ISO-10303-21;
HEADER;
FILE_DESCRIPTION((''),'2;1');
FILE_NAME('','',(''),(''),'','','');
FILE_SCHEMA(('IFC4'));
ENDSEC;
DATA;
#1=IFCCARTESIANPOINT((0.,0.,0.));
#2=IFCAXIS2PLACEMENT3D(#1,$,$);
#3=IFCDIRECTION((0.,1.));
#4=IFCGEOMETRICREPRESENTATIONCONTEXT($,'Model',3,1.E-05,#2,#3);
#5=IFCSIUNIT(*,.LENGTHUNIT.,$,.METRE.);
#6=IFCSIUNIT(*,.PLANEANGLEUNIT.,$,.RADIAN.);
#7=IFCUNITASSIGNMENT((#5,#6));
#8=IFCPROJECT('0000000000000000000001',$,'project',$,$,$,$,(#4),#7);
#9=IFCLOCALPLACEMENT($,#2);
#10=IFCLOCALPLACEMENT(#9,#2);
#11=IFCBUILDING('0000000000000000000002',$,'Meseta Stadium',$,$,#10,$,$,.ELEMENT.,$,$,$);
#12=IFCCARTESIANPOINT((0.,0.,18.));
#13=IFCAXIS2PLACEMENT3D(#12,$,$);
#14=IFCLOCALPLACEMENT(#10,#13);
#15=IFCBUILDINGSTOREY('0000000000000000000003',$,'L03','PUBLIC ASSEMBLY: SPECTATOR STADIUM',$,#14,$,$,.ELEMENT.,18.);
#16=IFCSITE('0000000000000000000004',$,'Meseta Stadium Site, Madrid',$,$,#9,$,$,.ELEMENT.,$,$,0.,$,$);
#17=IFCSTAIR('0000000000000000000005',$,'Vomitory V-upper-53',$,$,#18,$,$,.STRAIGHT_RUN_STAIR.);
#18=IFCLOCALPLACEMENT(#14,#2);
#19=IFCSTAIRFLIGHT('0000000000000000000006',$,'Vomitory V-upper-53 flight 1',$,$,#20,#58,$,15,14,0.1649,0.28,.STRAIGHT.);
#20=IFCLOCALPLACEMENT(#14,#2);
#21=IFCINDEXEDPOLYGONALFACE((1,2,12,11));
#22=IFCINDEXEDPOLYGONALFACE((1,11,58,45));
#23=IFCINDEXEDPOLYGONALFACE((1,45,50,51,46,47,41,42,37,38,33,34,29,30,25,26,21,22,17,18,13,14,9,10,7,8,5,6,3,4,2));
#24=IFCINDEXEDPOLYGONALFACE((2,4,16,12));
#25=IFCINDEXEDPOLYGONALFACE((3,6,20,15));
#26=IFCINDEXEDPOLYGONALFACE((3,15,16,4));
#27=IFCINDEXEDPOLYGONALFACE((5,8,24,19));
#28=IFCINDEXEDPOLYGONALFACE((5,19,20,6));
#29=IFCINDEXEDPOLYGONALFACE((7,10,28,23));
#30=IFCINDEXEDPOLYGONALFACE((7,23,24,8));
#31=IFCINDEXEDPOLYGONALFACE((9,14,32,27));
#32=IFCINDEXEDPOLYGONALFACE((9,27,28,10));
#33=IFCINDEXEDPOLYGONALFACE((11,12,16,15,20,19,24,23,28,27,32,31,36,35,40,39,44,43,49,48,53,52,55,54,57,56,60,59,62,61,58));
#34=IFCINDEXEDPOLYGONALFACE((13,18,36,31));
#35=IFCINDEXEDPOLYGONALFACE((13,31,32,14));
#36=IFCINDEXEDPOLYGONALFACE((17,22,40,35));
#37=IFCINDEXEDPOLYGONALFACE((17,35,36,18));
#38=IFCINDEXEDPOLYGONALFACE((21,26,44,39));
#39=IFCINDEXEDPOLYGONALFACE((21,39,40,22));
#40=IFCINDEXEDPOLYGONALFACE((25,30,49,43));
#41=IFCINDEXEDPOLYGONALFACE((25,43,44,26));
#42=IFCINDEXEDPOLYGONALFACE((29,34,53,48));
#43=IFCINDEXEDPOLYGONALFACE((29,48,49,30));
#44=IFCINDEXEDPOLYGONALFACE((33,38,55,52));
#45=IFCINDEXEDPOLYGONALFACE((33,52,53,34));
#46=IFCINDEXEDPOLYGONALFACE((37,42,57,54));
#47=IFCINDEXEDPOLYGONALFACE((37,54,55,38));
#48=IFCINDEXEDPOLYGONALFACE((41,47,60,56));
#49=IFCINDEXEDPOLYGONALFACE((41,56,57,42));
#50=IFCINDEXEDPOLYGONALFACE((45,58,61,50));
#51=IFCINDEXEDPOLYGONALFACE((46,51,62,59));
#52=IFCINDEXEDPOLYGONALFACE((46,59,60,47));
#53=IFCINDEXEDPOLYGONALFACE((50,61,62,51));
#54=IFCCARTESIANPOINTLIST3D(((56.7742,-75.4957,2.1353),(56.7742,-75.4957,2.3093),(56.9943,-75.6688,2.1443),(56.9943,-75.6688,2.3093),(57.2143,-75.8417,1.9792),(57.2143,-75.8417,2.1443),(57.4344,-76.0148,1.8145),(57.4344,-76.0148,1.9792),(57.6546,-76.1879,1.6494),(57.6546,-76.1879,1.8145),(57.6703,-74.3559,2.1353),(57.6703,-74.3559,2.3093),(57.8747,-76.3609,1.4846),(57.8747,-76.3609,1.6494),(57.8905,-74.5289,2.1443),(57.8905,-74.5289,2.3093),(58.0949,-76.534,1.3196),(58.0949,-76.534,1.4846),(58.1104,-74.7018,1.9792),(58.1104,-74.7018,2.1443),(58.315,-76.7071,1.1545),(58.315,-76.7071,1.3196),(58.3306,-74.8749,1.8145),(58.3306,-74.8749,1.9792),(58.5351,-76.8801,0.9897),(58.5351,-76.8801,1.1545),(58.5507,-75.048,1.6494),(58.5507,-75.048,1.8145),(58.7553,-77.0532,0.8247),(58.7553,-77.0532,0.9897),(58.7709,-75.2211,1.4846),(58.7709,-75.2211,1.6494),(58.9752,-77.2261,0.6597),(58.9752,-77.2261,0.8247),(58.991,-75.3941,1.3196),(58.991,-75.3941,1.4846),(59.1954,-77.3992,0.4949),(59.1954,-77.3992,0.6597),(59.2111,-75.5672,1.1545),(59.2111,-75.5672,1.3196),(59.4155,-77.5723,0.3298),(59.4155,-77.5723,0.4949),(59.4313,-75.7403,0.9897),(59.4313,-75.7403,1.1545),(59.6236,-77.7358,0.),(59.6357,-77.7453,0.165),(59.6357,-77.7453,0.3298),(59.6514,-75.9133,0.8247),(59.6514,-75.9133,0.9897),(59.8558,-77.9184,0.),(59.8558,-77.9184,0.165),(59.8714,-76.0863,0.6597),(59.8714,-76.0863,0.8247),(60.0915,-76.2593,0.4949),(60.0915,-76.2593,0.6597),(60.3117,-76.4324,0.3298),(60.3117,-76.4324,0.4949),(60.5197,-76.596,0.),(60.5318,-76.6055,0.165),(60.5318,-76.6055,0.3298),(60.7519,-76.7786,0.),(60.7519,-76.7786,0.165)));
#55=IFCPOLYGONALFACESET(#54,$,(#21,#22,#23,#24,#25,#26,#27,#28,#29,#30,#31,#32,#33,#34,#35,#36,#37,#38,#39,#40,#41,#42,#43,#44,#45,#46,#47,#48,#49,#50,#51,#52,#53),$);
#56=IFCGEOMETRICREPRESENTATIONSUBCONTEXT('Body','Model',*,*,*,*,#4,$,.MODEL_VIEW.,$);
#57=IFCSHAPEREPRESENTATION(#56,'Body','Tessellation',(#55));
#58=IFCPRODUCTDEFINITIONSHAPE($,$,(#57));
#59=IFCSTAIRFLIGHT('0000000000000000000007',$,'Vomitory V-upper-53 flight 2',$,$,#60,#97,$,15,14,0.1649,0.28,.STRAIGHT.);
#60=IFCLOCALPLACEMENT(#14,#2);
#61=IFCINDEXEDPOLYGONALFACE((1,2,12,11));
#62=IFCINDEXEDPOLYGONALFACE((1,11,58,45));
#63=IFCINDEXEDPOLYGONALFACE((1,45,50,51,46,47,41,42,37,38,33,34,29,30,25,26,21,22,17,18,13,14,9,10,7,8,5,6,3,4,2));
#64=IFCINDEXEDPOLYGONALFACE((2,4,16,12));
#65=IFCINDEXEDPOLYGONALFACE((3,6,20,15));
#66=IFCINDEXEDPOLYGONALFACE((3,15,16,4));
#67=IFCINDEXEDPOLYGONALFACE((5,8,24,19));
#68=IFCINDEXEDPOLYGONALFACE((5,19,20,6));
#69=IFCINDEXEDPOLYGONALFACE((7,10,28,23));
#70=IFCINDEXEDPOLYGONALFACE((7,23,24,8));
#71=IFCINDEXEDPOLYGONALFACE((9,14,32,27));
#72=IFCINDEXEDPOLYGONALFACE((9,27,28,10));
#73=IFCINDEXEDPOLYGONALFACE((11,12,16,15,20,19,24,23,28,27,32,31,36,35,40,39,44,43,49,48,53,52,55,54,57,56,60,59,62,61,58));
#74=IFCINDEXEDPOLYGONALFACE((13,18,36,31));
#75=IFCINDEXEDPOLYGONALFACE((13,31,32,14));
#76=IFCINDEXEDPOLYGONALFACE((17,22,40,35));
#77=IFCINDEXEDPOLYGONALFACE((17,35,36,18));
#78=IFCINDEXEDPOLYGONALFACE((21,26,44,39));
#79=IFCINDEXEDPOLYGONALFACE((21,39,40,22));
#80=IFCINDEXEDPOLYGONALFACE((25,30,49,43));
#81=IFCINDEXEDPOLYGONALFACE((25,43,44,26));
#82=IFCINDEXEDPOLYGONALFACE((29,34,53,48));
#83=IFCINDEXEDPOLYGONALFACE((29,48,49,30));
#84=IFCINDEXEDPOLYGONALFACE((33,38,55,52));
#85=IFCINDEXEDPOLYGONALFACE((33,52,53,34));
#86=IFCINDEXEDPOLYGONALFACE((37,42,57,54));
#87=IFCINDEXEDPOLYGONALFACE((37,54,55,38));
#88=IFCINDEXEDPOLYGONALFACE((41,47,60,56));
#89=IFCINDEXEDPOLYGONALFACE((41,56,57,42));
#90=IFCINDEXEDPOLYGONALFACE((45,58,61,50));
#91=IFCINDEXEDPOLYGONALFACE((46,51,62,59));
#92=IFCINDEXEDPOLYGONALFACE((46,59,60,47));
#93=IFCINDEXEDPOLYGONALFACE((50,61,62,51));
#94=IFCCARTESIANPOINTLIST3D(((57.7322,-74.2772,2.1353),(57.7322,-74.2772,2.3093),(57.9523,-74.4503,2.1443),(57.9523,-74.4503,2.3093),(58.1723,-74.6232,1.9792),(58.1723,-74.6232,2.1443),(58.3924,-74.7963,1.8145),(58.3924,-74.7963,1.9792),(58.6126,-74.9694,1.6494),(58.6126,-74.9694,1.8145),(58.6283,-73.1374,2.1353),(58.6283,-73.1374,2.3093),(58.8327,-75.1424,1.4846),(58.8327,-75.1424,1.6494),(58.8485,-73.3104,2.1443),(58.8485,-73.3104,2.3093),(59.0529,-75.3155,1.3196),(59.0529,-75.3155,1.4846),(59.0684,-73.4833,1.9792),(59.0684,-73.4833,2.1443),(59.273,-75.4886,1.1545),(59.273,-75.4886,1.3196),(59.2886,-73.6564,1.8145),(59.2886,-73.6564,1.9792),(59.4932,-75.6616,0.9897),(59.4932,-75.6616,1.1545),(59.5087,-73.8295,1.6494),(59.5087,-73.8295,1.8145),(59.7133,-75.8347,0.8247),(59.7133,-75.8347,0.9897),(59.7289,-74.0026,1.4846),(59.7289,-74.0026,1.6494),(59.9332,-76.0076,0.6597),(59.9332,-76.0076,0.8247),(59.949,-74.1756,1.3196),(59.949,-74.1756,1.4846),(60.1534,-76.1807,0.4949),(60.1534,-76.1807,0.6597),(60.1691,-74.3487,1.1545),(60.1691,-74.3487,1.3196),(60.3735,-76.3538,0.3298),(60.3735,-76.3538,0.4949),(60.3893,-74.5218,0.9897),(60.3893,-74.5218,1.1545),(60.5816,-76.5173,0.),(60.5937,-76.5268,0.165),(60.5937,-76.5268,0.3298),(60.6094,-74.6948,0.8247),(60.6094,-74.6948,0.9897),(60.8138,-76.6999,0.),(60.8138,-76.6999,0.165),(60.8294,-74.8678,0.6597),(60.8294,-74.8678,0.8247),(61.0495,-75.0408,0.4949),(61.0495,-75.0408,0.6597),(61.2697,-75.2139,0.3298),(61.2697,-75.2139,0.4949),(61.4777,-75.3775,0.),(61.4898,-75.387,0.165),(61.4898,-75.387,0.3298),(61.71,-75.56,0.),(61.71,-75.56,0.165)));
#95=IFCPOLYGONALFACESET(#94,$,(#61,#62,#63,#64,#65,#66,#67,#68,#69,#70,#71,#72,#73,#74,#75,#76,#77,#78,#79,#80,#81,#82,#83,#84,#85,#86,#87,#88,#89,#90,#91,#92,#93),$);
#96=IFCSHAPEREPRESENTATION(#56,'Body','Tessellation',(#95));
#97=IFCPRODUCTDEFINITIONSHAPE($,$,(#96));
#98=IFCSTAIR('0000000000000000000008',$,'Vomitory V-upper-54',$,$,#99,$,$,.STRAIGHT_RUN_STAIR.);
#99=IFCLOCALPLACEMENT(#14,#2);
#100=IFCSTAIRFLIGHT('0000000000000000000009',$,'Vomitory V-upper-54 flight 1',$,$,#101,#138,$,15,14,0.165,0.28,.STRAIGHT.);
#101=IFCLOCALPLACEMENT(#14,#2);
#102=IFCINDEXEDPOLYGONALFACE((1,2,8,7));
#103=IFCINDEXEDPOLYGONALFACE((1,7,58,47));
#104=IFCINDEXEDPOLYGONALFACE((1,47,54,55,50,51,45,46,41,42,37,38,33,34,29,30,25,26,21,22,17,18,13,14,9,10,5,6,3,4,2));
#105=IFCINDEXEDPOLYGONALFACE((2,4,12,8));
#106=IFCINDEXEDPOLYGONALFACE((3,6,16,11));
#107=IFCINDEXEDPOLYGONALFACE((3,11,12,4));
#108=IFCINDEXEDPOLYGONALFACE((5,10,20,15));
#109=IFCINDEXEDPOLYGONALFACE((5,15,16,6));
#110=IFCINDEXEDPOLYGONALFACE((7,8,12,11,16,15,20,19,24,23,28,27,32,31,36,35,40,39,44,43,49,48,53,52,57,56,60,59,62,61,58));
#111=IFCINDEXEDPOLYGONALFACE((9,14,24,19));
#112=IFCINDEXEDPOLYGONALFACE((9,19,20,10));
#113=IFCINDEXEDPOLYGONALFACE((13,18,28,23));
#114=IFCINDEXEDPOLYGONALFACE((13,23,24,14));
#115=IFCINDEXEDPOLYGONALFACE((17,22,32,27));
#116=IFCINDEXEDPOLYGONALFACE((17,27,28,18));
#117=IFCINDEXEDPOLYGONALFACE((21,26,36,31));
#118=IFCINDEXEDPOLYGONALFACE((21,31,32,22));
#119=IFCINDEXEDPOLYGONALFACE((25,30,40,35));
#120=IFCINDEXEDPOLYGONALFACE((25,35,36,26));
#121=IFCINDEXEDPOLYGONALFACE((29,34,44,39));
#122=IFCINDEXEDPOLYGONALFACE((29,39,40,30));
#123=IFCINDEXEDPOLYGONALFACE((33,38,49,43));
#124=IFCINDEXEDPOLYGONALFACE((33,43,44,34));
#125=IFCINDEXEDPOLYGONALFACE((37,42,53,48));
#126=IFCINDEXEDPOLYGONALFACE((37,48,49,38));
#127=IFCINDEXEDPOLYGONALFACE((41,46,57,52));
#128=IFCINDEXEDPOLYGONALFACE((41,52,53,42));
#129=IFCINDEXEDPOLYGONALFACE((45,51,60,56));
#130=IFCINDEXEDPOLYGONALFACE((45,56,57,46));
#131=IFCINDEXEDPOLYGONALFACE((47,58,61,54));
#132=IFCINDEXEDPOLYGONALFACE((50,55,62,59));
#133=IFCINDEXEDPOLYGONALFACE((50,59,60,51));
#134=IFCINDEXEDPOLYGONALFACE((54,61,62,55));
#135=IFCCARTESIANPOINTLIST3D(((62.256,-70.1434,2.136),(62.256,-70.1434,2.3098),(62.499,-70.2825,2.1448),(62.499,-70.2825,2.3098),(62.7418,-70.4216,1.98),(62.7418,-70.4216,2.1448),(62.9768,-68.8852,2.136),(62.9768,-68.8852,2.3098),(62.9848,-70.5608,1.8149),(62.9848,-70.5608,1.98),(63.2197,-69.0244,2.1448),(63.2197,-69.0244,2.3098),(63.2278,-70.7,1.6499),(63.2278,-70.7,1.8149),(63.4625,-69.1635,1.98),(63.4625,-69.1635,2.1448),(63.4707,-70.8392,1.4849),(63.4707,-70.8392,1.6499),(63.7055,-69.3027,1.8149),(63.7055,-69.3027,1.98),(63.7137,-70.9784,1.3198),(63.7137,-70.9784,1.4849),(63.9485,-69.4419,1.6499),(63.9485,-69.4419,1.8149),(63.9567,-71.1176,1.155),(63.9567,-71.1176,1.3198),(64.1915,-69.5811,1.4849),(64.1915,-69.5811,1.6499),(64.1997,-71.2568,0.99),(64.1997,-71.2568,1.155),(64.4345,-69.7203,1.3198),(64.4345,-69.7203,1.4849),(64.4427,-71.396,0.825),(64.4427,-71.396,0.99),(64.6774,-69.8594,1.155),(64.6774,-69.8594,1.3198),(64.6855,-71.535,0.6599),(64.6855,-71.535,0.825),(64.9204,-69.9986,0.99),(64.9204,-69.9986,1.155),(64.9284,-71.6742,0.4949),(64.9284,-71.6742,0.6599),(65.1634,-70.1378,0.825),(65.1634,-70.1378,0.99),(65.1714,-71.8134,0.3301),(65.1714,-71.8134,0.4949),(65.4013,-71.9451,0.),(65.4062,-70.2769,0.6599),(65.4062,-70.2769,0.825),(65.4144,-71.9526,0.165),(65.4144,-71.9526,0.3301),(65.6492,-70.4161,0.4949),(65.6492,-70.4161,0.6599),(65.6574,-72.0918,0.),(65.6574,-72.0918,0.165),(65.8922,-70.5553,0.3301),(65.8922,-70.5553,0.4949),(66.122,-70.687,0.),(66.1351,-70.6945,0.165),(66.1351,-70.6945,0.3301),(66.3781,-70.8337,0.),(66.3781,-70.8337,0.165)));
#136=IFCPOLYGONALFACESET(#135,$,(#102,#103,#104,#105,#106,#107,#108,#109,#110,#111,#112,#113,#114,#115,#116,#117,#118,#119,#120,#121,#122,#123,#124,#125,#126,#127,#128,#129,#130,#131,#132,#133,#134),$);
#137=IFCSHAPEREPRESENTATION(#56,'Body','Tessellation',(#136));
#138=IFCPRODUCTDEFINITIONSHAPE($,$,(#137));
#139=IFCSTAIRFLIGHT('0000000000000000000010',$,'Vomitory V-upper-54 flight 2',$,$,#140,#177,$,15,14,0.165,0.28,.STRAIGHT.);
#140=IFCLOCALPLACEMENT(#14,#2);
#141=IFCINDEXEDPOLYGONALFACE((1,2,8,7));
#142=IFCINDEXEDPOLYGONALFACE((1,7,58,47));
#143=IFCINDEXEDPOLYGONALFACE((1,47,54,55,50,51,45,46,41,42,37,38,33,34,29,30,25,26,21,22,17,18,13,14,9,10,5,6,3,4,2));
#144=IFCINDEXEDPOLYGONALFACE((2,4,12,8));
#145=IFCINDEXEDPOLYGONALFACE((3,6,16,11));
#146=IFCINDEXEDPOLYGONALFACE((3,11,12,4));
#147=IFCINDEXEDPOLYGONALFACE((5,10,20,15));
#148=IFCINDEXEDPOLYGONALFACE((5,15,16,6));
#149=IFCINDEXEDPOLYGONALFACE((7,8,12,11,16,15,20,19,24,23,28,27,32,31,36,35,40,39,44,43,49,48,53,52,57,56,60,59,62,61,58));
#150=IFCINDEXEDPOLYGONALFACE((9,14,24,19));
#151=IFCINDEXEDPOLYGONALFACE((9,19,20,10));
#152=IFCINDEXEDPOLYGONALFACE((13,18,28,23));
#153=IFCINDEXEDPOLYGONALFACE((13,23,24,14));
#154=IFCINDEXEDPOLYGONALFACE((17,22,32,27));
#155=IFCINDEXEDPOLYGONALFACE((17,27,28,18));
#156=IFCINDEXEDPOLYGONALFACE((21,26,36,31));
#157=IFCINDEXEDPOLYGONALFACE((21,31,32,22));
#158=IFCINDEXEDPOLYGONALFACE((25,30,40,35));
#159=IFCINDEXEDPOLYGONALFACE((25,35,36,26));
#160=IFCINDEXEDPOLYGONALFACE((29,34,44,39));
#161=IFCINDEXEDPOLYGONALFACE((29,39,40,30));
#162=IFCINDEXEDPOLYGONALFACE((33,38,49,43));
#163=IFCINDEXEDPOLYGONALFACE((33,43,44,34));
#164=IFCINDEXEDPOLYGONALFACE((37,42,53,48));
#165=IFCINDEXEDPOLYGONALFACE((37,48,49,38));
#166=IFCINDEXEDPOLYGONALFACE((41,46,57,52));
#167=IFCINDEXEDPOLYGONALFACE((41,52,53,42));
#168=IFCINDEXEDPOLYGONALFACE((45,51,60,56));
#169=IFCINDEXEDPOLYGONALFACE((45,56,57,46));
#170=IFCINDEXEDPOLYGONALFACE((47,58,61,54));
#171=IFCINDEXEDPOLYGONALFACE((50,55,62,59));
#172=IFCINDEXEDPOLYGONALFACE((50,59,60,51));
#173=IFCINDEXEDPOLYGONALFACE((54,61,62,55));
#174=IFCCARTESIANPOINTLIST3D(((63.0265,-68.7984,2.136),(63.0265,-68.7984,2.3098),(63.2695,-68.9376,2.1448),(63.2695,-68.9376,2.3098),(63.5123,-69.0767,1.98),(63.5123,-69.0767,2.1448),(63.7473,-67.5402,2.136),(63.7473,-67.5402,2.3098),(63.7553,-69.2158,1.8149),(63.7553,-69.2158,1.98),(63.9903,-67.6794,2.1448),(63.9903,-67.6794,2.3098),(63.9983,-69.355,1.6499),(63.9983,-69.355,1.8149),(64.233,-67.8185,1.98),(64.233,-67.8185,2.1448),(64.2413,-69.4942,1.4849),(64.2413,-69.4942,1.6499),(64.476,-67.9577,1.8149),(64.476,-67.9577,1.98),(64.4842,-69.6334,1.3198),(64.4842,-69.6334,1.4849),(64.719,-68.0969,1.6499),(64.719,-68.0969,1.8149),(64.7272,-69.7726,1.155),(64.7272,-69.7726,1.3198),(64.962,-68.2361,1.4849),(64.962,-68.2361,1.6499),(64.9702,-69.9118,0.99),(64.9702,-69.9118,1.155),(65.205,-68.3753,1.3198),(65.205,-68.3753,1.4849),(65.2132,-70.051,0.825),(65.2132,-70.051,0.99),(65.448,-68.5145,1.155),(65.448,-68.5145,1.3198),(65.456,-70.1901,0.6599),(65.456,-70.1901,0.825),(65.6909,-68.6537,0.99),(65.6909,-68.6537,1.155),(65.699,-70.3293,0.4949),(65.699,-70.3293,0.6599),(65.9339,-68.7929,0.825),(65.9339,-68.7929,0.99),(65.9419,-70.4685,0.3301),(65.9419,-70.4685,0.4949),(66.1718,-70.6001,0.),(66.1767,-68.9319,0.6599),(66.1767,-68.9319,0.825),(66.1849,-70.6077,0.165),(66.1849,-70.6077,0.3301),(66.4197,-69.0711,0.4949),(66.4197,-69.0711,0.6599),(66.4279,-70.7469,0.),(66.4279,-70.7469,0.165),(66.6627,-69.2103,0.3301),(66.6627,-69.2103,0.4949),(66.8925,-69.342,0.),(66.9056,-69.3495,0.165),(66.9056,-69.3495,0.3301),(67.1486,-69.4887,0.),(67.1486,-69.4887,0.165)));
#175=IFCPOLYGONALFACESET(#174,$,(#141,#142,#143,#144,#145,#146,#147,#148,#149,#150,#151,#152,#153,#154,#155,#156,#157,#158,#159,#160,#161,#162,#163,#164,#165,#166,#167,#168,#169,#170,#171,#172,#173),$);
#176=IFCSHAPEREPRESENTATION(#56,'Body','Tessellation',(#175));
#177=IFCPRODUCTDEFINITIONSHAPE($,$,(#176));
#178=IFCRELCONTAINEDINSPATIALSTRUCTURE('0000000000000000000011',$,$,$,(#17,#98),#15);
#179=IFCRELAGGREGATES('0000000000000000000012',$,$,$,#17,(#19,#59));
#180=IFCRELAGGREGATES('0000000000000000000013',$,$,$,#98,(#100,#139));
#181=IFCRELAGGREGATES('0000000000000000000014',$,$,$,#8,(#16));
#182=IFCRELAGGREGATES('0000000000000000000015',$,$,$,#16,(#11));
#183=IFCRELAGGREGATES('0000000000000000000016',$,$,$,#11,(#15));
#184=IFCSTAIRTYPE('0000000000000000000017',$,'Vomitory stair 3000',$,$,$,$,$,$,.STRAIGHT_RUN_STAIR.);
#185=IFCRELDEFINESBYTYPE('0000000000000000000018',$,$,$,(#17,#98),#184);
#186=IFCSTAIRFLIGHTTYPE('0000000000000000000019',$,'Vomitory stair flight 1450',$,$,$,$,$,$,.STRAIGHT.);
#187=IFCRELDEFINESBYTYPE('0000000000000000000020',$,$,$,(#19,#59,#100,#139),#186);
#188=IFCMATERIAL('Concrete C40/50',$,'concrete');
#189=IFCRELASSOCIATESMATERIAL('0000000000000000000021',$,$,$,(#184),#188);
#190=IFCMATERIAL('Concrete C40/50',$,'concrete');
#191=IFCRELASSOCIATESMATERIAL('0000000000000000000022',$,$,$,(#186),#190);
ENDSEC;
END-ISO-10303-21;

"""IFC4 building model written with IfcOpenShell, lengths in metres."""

from ifc_helpers import new_model, si_unit, direction, frame, origin, place, context, subcontext, project, spatial, polyline, outline, extrude, material, type_object, element, aggregate, save


model = new_model("IFC4")

# Units and contexts
model_context = context("Model", 3, precision=1e-05, world=origin(), true_north=direction((0.0, 1.0)))
body_context = subcontext(model_context, "Body", "Model", "MODEL_VIEW")
ifc_project = project(units=[si_unit("LENGTHUNIT", "METRE"), si_unit("PLANEANGLEUNIT", "RADIAN")], contexts=[model_context])

# Site, building, storey
site_placement = place(None, origin())
site = spatial("IfcSite", under=ifc_project, at=site_placement, Name="Meseta Stadium Site, Madrid", CompositionType="ELEMENT", RefElevation=0.0)
building_placement = place(site_placement, origin())
building = spatial("IfcBuilding", under=site, at=building_placement, Name="Meseta Stadium", CompositionType="ELEMENT")
storey_placement = place(building_placement, frame((0.0, 0.0, 18.0)))
storey = spatial("IfcBuildingStorey", under=building, at=storey_placement, Name="L03", Description="PUBLIC ASSEMBLY: SPECTATOR STADIUM", CompositionType="ELEMENT", Elevation=18.0)

# Stairs, stair flights
ifc_material_1 = material(Name="Concrete C40/50", Category="concrete")
stair_type = type_object("IfcStairType", Name="Vomitory stair 3000", PredefinedType="STRAIGHT_RUN_STAIR", material=ifc_material_1)
stair_1_placement = place(storey_placement, origin())
stair_1 = element("IfcStair", 1, at=stair_1_placement, inside=storey, type_object=stair_type, Name="Vomitory V-upper-53", PredefinedType="STRAIGHT_RUN_STAIR")
ifc_material_2 = material(Name="Concrete C40/50", Category="concrete")
stair_flight_type = type_object("IfcStairFlightType", Name="Vomitory stair flight 1450", PredefinedType="STRAIGHT", material=ifc_material_2)
stair_flight_1_placement = place(storey_placement, frame((60.304, -77.3484, 0.0), z_axis=(0.0, 0.0, 1.0), x_axis=(-0.786142, 0.618046, 0.0)))
stair_flight_1 = element("IfcStairFlight", 2, at=stair_flight_1_placement, type_object=stair_flight_type, Name="Vomitory V-upper-53 flight 1", NumberOfRisers=15, NumberOfTreads=14, PredefinedType="STRAIGHT", RiserHeight=0.1649, TreadLength=0.28, context=body_context, shape_type="SweptSolid", body=[
    extrude(outline(polyline([(0.0, 0.0), (0.0, 0.165), (0.28, 0.165), (0.28, 0.3298), (0.5601, 0.3298), (0.5601, 0.4949), (0.8401, 0.4949), (0.8401, 0.6597), (1.1201, 0.6597), (1.1201, 0.8247), (1.3999, 0.8247), (1.3999, 0.9897), (1.6799, 0.9897), (1.6799, 1.1545), (1.96, 1.1545), (1.96, 1.3196), (2.24, 1.3196), (2.24, 1.4846), (2.52, 1.4846), (2.52, 1.6494), (2.8, 1.6494), (2.8, 1.8145), (3.0801, 1.8145), (3.0801, 1.9792), (3.3601, 1.9792), (3.3601, 2.1443), (3.6399, 2.1443), (3.6399, 2.3093), (3.9199, 2.3093), (3.9199, 2.1353), (0.2954, 0.0), (0.0, 0.0)])), frame((0.0, 0.7251, 0.0), z_axis=(0.0, -1.0, 0.0), x_axis=(1.0, 0.0, 0.0)), (0.0, 0.0, 1.0), 1.45),
])
stair_flight_2_placement = place(storey_placement, frame((61.262, -76.1299, 0.0), z_axis=(0.0, 0.0, 1.0), x_axis=(-0.786142, 0.618046, 0.0)))
stair_flight_2 = element("IfcStairFlight", 3, at=stair_flight_2_placement, type_object=stair_flight_type, Name="Vomitory V-upper-53 flight 2", NumberOfRisers=15, NumberOfTreads=14, PredefinedType="STRAIGHT", RiserHeight=0.1649, TreadLength=0.28, context=body_context, shape_type="SweptSolid", body=[
    extrude(outline(polyline([(0.0, 0.0), (0.0, 0.165), (0.28, 0.165), (0.28, 0.3298), (0.5601, 0.3298), (0.5601, 0.4949), (0.8401, 0.4949), (0.8401, 0.6597), (1.1201, 0.6597), (1.1201, 0.8247), (1.3999, 0.8247), (1.3999, 0.9897), (1.6799, 0.9897), (1.6799, 1.1545), (1.96, 1.1545), (1.96, 1.3196), (2.24, 1.3196), (2.24, 1.4846), (2.52, 1.4846), (2.52, 1.6494), (2.8, 1.6494), (2.8, 1.8145), (3.0801, 1.8145), (3.0801, 1.9792), (3.3601, 1.9792), (3.3601, 2.1443), (3.6399, 2.1443), (3.6399, 2.3093), (3.9199, 2.3093), (3.9199, 2.1353), (0.2954, 0.0), (0.0, 0.0)])), frame((0.0, 0.7251, 0.0), z_axis=(0.0, -1.0, 0.0), x_axis=(1.0, 0.0, 0.0)), (0.0, 0.0, 1.0), 1.45),
])
aggregate(stair_1, [stair_flight_1, stair_flight_2])
stair_2_placement = place(storey_placement, origin())
stair_2 = element("IfcStair", 4, at=stair_2_placement, inside=storey, type_object=stair_type, Name="Vomitory V-upper-54", PredefinedType="STRAIGHT_RUN_STAIR")
stair_flight_3_placement = place(storey_placement, frame((66.0178, -71.4626, 0.0), z_axis=(0.0, 0.0, 1.0), x_axis=(-0.867712, 0.497068, 0.0)))
stair_flight_3 = element("IfcStairFlight", 5, at=stair_flight_3_placement, type_object=stair_flight_type, Name="Vomitory V-upper-54 flight 1", NumberOfRisers=15, NumberOfTreads=14, PredefinedType="STRAIGHT", RiserHeight=0.165, TreadLength=0.28, context=body_context, shape_type="SweptSolid", body=[
    extrude(outline(polyline([(0.0, 0.0), (0.0, 0.165), (0.28, 0.165), (0.28, 0.3301), (0.5601, 0.3301), (0.5601, 0.4949), (0.8401, 0.4949), (0.8401, 0.6599), (1.1201, 0.6599), (1.1201, 0.825), (1.3999, 0.825), (1.3999, 0.99), (1.6799, 0.99), (1.6799, 1.155), (1.96, 1.155), (1.96, 1.3198), (2.24, 1.3198), (2.24, 1.4849), (2.52, 1.4849), (2.52, 1.6499), (2.8, 1.6499), (2.8, 1.8149), (3.0801, 1.8149), (3.0801, 1.98), (3.3601, 1.98), (3.3601, 2.1448), (3.6399, 2.1448), (3.6399, 2.3098), (3.9199, 2.3098), (3.9199, 2.136), (0.2952, 0.0), (0.0, 0.0)])), frame((0.0, 0.7251, 0.0), z_axis=(0.0, -1.0, 0.0), x_axis=(1.0, 0.0, 0.0)), (0.0, 0.0, 1.0), 1.45),
])
stair_flight_4_placement = place(storey_placement, frame((66.7883, -70.1177, 0.0), z_axis=(0.0, 0.0, 1.0), x_axis=(-0.867712, 0.497068, 0.0)))
stair_flight_4 = element("IfcStairFlight", 6, at=stair_flight_4_placement, type_object=stair_flight_type, Name="Vomitory V-upper-54 flight 2", NumberOfRisers=15, NumberOfTreads=14, PredefinedType="STRAIGHT", RiserHeight=0.165, TreadLength=0.28, context=body_context, shape_type="SweptSolid", body=[
    extrude(outline(polyline([(0.0, 0.0), (0.0, 0.165), (0.28, 0.165), (0.28, 0.3301), (0.5601, 0.3301), (0.5601, 0.4949), (0.8401, 0.4949), (0.8401, 0.6599), (1.1201, 0.6599), (1.1201, 0.825), (1.3999, 0.825), (1.3999, 0.99), (1.6799, 0.99), (1.6799, 1.155), (1.96, 1.155), (1.96, 1.3198), (2.24, 1.3198), (2.24, 1.4849), (2.52, 1.4849), (2.52, 1.6499), (2.8, 1.6499), (2.8, 1.8149), (3.0801, 1.8149), (3.0801, 1.98), (3.3601, 1.98), (3.3601, 2.1448), (3.6399, 2.1448), (3.6399, 2.3098), (3.9199, 2.3098), (3.9199, 2.136), (0.2952, 0.0), (0.0, 0.0)])), frame((0.0, 0.7251, 0.0), z_axis=(0.0, -1.0, 0.0), x_axis=(1.0, 0.0, 0.0)), (0.0, 0.0, 1.0), 1.45),
])
aggregate(stair_2, [stair_flight_3, stair_flight_4])

save(model, "model.ifc")
